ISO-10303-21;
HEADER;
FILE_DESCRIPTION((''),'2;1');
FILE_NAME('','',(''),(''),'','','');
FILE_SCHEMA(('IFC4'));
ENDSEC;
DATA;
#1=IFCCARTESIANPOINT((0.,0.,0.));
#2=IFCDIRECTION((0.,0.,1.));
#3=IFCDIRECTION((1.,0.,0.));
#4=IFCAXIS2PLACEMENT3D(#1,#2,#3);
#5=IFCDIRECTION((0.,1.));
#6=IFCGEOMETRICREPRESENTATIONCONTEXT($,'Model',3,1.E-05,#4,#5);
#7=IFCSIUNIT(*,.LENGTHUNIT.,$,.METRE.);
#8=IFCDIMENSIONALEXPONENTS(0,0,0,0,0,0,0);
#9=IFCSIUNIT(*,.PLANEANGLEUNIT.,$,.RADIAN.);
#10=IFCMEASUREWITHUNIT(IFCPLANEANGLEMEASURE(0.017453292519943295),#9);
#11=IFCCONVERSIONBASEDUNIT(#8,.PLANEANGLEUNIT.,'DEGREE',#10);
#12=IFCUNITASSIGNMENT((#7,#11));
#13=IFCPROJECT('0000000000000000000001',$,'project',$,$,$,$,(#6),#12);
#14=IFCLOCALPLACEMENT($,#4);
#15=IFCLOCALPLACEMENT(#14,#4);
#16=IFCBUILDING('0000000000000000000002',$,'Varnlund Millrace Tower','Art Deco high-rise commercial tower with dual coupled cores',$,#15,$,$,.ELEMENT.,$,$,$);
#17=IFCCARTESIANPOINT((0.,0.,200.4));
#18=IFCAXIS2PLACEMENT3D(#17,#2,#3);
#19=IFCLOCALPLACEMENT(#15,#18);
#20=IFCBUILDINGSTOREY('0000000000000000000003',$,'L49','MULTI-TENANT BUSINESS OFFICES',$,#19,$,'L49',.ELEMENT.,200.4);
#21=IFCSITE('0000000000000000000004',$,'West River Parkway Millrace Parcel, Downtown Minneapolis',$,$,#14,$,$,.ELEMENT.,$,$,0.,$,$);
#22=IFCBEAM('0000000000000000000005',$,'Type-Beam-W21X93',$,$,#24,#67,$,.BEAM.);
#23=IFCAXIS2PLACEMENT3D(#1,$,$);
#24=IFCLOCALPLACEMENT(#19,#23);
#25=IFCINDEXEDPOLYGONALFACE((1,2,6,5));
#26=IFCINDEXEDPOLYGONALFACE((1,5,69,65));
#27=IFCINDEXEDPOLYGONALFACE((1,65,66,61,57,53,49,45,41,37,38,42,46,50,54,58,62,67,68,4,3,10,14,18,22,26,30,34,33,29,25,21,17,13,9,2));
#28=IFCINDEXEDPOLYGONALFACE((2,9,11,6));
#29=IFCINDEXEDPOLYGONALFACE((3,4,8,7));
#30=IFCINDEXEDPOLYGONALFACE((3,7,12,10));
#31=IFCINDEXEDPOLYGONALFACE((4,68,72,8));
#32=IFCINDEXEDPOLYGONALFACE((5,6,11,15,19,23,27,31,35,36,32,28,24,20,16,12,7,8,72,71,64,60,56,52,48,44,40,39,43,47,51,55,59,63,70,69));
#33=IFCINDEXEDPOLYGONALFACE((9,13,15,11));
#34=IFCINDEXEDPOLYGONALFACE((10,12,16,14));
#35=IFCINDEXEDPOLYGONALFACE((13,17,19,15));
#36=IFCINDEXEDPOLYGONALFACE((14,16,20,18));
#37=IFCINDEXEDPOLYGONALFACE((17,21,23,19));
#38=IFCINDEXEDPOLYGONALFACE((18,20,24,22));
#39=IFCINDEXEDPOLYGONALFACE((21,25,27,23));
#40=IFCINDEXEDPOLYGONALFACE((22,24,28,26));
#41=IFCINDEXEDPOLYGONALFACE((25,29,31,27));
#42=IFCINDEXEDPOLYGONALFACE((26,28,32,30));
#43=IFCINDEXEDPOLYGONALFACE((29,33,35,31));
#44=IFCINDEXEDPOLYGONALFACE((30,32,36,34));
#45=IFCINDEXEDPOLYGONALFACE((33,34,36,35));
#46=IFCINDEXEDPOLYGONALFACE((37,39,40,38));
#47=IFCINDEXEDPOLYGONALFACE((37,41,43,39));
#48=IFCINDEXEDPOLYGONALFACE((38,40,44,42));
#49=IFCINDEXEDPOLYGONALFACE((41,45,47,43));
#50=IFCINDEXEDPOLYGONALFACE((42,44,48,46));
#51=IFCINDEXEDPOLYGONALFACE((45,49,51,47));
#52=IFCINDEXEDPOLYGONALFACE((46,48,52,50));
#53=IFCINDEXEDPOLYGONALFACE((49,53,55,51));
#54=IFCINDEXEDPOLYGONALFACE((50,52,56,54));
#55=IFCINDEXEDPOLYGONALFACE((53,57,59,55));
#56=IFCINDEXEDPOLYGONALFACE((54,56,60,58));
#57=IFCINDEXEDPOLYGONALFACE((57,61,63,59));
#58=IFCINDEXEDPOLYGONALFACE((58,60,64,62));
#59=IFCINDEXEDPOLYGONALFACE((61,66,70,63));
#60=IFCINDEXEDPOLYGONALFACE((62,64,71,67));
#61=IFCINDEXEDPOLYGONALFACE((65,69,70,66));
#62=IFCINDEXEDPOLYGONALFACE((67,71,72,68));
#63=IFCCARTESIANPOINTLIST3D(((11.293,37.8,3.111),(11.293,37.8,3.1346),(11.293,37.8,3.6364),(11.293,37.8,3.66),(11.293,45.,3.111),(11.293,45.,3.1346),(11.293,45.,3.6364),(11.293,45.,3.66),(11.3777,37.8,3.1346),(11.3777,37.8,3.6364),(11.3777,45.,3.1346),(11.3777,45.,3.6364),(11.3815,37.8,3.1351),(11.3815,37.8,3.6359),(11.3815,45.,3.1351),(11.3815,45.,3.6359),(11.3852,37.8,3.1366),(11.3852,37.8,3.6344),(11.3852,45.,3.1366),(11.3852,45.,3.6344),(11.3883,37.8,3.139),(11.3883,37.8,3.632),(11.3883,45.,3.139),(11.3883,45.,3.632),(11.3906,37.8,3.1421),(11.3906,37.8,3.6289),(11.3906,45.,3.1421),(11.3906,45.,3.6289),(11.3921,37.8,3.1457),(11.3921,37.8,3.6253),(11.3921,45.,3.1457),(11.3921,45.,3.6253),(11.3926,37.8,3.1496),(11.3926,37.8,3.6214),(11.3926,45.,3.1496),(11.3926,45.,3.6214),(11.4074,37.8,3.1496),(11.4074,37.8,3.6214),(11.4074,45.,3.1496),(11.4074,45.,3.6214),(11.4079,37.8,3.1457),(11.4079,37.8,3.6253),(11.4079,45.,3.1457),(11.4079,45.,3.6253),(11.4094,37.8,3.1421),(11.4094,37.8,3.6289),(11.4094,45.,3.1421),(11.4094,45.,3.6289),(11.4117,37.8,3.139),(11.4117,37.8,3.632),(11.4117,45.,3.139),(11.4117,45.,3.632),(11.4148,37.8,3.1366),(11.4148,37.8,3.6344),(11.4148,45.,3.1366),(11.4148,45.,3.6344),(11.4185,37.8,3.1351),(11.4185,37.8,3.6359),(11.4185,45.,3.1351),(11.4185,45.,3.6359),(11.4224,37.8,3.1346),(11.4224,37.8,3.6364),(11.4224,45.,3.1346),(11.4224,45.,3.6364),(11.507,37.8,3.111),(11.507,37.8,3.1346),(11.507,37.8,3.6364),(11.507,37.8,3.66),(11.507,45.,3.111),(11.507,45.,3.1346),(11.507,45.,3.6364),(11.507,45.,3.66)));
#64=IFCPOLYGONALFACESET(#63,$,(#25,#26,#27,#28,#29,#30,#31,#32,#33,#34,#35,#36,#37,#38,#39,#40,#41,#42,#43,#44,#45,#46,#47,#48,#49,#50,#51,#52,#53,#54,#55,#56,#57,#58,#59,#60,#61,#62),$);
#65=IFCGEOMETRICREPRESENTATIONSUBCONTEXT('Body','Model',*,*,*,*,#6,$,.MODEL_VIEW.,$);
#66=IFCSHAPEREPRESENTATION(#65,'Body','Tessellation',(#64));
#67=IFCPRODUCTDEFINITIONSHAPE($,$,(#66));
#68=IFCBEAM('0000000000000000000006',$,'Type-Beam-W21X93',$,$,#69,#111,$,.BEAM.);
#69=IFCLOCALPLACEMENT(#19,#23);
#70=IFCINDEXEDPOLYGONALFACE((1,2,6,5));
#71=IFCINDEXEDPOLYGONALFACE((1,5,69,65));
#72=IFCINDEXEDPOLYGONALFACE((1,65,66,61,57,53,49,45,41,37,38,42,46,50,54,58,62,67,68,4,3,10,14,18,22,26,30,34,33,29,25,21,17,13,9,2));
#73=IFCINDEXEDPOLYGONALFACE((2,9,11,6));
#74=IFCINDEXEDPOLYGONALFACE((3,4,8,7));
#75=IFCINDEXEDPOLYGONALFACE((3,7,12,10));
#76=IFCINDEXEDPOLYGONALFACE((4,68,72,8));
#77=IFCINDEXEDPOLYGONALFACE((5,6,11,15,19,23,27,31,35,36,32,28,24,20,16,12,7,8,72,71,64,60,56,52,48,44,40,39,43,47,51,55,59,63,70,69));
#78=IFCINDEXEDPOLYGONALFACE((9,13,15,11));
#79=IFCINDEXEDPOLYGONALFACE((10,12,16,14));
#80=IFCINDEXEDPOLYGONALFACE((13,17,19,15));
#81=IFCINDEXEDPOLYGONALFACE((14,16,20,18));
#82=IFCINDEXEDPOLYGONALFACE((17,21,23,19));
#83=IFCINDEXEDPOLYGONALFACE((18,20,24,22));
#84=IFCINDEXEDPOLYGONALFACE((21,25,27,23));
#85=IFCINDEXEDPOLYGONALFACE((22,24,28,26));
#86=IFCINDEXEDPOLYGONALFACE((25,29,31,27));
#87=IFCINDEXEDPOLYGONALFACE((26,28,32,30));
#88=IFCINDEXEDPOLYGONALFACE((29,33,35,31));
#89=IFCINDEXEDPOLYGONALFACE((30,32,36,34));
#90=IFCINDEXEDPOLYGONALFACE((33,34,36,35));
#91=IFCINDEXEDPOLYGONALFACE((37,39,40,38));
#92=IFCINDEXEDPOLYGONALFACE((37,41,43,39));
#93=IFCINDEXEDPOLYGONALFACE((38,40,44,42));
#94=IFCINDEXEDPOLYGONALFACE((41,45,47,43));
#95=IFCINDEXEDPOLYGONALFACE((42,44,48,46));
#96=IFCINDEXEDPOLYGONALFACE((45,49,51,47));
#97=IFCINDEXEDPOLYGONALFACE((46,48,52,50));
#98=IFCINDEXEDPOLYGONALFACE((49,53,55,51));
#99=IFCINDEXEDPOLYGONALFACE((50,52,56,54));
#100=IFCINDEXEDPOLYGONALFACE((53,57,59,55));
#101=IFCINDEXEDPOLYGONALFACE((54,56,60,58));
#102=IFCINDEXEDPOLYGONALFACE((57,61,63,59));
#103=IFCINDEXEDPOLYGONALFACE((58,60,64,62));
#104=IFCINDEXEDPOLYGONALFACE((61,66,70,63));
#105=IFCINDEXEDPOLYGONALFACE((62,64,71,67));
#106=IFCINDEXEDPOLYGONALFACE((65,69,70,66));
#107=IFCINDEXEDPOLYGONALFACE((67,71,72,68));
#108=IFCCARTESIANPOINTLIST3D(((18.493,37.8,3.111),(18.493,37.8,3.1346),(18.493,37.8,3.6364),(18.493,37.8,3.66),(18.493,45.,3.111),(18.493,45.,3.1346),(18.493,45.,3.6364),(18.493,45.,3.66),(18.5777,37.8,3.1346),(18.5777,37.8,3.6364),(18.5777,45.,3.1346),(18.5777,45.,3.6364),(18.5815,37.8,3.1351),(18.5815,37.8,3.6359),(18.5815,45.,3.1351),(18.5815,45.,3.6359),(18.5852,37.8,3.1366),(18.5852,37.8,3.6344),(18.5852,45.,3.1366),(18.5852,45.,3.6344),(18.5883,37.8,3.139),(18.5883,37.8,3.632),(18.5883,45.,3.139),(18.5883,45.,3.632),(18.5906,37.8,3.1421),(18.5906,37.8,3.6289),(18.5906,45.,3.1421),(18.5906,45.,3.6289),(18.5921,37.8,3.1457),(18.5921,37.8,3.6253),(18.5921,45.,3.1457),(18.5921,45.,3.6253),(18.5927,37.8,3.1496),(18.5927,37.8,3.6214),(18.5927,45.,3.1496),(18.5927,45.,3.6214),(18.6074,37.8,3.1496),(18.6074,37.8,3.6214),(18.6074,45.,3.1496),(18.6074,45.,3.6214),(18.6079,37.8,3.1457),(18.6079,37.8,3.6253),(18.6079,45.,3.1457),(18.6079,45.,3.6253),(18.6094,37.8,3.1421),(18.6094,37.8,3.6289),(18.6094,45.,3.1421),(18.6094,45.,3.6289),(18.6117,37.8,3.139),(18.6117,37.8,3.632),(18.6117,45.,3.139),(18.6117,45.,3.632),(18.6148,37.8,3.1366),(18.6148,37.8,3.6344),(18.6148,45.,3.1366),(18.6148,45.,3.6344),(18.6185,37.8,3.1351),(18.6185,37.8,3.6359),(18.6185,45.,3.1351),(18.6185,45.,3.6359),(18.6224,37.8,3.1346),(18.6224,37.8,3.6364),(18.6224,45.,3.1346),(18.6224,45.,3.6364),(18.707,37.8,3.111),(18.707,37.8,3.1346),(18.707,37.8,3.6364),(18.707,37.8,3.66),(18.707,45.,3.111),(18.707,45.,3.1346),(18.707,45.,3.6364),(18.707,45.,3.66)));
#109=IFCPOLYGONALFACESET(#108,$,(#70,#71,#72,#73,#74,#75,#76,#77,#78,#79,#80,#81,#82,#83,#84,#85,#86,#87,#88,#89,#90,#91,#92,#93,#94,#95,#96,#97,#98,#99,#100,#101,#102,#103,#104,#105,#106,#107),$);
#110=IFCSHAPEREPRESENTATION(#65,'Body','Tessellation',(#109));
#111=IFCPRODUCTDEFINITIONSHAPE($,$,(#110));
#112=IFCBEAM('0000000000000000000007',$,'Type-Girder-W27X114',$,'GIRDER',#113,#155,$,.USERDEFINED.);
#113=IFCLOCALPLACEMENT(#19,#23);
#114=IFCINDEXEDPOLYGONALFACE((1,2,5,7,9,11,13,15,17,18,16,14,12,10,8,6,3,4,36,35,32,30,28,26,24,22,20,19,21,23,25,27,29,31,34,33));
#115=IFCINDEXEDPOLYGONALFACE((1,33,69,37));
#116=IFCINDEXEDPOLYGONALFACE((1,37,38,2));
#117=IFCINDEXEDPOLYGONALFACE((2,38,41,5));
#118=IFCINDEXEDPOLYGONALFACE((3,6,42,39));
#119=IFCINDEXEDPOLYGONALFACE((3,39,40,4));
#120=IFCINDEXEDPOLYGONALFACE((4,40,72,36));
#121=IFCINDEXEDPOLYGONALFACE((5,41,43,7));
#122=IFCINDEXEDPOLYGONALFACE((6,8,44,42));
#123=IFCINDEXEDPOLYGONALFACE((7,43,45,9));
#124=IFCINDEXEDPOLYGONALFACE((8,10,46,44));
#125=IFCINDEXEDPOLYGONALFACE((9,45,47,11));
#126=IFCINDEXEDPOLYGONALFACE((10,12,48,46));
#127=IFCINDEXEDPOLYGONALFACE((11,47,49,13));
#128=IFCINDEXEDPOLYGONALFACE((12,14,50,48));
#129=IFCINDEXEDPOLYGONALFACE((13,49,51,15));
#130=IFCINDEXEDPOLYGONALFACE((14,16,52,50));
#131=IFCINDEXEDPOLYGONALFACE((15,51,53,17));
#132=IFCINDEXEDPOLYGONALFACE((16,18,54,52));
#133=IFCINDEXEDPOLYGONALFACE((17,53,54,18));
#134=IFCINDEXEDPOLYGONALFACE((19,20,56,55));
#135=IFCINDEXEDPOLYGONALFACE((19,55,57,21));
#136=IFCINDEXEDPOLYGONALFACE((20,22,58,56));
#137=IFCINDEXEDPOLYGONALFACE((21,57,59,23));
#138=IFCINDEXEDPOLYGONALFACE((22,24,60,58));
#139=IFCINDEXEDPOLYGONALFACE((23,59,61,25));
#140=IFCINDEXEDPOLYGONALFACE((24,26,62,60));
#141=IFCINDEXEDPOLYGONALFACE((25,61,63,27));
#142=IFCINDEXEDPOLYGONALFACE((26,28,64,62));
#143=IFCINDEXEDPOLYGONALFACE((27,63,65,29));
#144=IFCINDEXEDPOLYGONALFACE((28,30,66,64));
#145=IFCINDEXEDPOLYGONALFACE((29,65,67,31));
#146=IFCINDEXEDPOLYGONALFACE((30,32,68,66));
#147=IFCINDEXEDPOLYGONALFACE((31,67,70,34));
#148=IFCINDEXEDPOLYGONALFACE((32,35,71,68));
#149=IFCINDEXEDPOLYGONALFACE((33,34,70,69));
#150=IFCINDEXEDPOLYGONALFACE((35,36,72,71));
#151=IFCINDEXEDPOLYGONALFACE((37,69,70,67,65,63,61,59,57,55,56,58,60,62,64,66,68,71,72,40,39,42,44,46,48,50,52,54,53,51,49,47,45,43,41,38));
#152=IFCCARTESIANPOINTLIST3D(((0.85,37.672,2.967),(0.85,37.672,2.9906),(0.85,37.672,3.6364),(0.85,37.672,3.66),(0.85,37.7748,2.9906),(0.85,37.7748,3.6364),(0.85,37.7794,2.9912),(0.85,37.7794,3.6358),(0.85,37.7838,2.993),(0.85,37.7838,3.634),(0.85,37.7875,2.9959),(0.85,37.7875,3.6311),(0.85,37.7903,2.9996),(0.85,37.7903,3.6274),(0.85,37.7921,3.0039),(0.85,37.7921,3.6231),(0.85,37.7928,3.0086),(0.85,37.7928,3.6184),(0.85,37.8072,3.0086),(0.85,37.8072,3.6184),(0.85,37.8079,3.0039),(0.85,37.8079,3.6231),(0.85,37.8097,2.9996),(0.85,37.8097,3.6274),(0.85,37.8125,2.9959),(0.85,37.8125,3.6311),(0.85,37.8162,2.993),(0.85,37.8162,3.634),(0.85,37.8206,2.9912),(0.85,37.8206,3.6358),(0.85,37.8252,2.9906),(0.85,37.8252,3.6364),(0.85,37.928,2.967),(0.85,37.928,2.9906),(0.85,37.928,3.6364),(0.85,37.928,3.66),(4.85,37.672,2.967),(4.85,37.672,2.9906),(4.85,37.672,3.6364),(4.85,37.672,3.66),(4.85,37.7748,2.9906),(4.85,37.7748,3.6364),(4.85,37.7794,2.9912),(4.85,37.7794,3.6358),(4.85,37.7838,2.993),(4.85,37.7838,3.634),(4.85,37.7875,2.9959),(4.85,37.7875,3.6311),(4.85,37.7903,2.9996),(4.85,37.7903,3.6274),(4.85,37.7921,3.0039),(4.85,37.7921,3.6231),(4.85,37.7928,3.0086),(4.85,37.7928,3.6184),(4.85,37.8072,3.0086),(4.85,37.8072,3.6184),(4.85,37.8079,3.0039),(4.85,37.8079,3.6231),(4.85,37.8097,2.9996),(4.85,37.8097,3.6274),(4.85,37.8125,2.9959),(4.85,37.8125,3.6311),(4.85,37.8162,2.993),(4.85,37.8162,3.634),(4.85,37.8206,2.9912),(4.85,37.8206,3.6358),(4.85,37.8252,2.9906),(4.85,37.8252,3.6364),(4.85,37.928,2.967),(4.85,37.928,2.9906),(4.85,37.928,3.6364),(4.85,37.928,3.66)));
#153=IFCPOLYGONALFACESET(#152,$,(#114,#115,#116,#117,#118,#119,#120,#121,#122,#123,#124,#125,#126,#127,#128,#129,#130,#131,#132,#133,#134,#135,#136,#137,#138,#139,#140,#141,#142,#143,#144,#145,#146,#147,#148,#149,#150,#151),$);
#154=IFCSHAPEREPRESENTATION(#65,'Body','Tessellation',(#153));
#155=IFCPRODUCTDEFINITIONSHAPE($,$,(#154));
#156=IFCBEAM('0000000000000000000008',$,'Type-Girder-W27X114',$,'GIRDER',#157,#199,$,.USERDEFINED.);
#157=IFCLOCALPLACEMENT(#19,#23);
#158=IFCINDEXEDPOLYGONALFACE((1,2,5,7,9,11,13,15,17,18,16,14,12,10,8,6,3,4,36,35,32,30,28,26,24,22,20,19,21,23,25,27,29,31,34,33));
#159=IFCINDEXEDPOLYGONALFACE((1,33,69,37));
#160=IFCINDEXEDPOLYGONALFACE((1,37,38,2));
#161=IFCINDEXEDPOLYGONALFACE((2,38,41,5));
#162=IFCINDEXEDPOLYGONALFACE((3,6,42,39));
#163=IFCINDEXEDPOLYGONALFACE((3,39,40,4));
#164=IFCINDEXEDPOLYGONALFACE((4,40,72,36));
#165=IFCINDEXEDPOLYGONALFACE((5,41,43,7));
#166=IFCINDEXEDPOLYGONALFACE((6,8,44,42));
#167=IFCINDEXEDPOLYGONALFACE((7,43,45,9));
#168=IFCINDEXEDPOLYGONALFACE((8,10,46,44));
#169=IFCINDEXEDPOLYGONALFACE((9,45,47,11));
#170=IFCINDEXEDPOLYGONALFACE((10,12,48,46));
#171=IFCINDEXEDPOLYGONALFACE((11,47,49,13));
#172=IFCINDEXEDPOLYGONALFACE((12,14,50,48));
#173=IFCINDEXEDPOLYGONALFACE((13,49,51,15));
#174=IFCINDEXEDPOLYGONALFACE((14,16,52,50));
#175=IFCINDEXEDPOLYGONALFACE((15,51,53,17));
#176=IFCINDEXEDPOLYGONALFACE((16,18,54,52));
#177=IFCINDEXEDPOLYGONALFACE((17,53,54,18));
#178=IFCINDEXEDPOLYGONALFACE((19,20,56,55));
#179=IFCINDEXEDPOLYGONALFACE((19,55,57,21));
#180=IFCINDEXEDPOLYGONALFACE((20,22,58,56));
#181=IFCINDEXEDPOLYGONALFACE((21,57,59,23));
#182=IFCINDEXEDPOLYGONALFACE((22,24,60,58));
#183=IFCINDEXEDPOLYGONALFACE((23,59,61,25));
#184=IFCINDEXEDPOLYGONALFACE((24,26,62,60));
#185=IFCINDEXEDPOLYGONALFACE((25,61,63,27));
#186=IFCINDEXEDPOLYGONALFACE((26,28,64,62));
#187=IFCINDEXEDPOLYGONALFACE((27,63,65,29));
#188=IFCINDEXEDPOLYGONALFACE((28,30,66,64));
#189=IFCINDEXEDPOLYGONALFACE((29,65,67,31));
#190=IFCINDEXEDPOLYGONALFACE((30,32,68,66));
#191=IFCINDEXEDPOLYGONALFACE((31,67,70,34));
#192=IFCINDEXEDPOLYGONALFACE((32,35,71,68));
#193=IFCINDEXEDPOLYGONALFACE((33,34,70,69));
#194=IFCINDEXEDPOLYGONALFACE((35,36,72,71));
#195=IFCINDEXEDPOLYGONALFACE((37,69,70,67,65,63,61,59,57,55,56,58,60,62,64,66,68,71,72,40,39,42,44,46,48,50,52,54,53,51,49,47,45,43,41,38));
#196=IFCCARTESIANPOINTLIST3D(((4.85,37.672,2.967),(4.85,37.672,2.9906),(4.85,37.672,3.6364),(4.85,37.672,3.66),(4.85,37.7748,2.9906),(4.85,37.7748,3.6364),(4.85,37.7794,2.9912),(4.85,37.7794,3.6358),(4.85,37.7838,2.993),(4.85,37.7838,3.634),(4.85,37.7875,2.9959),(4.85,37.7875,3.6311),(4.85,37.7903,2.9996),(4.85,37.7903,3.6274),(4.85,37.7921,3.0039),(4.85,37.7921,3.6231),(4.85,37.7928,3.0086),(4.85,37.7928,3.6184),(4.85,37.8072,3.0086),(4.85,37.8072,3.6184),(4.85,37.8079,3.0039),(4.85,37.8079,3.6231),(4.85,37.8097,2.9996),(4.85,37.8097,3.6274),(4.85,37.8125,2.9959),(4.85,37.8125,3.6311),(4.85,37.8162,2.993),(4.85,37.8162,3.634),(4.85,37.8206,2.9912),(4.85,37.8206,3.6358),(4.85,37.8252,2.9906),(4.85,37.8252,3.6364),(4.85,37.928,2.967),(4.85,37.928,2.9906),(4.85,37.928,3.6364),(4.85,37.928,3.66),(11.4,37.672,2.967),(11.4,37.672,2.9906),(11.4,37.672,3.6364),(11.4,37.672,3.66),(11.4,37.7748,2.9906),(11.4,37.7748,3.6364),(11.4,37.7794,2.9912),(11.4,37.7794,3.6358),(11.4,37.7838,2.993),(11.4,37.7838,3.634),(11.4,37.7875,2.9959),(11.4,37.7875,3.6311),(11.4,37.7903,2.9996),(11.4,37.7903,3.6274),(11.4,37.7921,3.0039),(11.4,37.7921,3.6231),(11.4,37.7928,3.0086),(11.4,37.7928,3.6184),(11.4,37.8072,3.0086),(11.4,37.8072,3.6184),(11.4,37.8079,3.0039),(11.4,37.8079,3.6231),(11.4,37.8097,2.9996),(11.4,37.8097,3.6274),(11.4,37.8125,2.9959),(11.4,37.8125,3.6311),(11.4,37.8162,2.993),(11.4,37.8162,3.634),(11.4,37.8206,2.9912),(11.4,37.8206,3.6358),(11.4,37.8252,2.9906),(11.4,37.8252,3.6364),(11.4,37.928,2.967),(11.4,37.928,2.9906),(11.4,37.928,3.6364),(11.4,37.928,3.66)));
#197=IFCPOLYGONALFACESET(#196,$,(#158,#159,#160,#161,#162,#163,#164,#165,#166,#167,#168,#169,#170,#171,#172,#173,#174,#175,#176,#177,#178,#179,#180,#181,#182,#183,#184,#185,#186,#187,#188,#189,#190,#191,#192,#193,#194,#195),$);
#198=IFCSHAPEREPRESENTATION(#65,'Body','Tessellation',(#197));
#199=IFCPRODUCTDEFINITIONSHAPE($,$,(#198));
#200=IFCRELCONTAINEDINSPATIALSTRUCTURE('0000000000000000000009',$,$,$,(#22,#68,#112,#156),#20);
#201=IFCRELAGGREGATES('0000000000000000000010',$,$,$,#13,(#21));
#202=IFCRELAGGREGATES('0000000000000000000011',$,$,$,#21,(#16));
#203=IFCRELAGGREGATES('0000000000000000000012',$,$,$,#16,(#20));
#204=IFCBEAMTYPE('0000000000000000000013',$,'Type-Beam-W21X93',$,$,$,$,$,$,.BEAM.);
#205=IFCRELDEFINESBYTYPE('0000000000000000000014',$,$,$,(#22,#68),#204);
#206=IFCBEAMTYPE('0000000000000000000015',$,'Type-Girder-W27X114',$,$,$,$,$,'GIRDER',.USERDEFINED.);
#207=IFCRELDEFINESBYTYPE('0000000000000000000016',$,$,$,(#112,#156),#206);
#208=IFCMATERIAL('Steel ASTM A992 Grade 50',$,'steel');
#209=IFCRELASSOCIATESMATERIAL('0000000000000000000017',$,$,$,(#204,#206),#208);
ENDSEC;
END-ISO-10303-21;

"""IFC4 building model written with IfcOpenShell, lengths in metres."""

from ifc_helpers import new_model, entity, si_unit, converted_unit, direction, frame, origin_with_axes, origin_2d_with_axis, place, context, subcontext, project, spatial, i_section, extrude, material, material_profile, profile_set, type_object, element, save


model = new_model("IFC4")

# Units and contexts
model_context = context("Model", 3, precision=1e-05, world=origin_with_axes(), true_north=direction((0.0, 1.0)))
body_context = subcontext(model_context, "Body", "Model", "MODEL_VIEW")
ifc_project = project(units=[si_unit("LENGTHUNIT", "METRE"), converted_unit("PLANEANGLEUNIT", "DEGREE", entity("IfcPlaneAngleMeasure", 0.017453292519943295), si_unit("PLANEANGLEUNIT", "RADIAN"), dimensions=[0, 0, 0, 0, 0, 0, 0])], contexts=[model_context])

# Site, building, storey
site_placement = place(None, origin_with_axes())
site = spatial("IfcSite", under=ifc_project, at=site_placement, Name="West River Parkway Millrace Parcel, Downtown Minneapolis", CompositionType="ELEMENT", RefElevation=0.0)
building_placement = place(site_placement, origin_with_axes())
building = spatial("IfcBuilding", under=site, at=building_placement, Name="Varnlund Millrace Tower", Description="Art Deco high-rise commercial tower with dual coupled cores", CompositionType="ELEMENT")
storey_placement = place(building_placement, frame((0.0, 0.0, 200.4), z_axis=(0.0, 0.0, 1.0), x_axis=(1.0, 0.0, 0.0)))
storey = spatial("IfcBuildingStorey", under=building, at=storey_placement, Name="L49", Description="MULTI-TENANT BUSINESS OFFICES", LongName="L49", CompositionType="ELEMENT", Elevation=200.4)

# Beams
ifc_material_1 = material(Name="Steel ASTM A992 Grade 50", Category="steel")
ifc_material_profile_1 = material_profile(ifc_material_1, i_section(OverallWidth=0.214, OverallDepth=0.549, WebThickness=0.0147, FlangeThickness=0.0236, FilletRadius=0.015, at=origin_2d_with_axis()), Name="Steel ASTM A992 Grade 50")
ifc_profile_set_1 = profile_set([ifc_material_profile_1], Name="Steel ASTM A992 Grade 50")
beam_type_1 = type_object("IfcBeamType", Name="Type-Beam-W21X93", PredefinedType="BEAM", material=ifc_profile_set_1)
for number, where, z_axis, x_axis, name in (
    (1, (11.4, 37.8, 3.3855), (0.0, 1.0, 0.0), (-1.0, 0.0, 0.0), "Type-Beam-W21X93"),
    (2, (18.6, 37.8, 3.3855), (0.0, 1.0, 0.0), (-1.0, 0.0, 0.0), "Type-Beam-W21X93"),
):
    element("IfcBeam", number, at=place(storey_placement, frame(where, z_axis=z_axis, x_axis=x_axis)), inside=storey, type_object=beam_type_1, Name=name, PredefinedType="BEAM", context=body_context, shape_type="SweptSolid", body=[
        extrude(i_section(OverallWidth=0.214, OverallDepth=0.549, WebThickness=0.0147, FlangeThickness=0.0236, FilletRadius=0.015, at=origin_2d_with_axis()), origin_with_axes(), (0.0, 0.0, 1.0), 7.2),
    ])
ifc_material_profile_2 = material_profile(ifc_material_1, i_section(OverallWidth=0.256, OverallDepth=0.693, WebThickness=0.0145, FlangeThickness=0.0236, FilletRadius=0.018, at=origin_2d_with_axis()), Name="Steel ASTM A992 Grade 50")
ifc_profile_set_2 = profile_set([ifc_material_profile_2], Name="Steel ASTM A992 Grade 50")
beam_type_2 = type_object("IfcBeamType", Name="Type-Girder-W27X114", ElementType="GIRDER", PredefinedType="USERDEFINED", material=ifc_profile_set_2)
beam_1_placement = place(storey_placement, frame((0.85, 37.8, 3.3135), z_axis=(1.0, 0.0, 0.0), x_axis=(0.0, 1.0, 0.0)))
element("IfcBeam", 3, at=beam_1_placement, inside=storey, type_object=beam_type_2, Name="Type-Girder-W27X114", ObjectType="GIRDER", PredefinedType="USERDEFINED", context=body_context, shape_type="SweptSolid", body=[
    extrude(i_section(OverallWidth=0.256, OverallDepth=0.693, WebThickness=0.0145, FlangeThickness=0.0236, FilletRadius=0.018, at=origin_2d_with_axis()), origin_with_axes(), (0.0, 0.0, 1.0), 4.0),
])
beam_2_placement = place(storey_placement, frame((4.85, 37.8, 3.3135), z_axis=(1.0, 0.0, 0.0), x_axis=(0.0, 1.0, 0.0)))
element("IfcBeam", 4, at=beam_2_placement, inside=storey, type_object=beam_type_2, Name="Type-Girder-W27X114", ObjectType="GIRDER", PredefinedType="USERDEFINED", context=body_context, shape_type="SweptSolid", body=[
    extrude(i_section(OverallWidth=0.256, OverallDepth=0.693, WebThickness=0.0145, FlangeThickness=0.0236, FilletRadius=0.018, at=origin_2d_with_axis()), origin_with_axes(), (0.0, 0.0, 1.0), 6.55),
])

save(model, "model.ifc")
